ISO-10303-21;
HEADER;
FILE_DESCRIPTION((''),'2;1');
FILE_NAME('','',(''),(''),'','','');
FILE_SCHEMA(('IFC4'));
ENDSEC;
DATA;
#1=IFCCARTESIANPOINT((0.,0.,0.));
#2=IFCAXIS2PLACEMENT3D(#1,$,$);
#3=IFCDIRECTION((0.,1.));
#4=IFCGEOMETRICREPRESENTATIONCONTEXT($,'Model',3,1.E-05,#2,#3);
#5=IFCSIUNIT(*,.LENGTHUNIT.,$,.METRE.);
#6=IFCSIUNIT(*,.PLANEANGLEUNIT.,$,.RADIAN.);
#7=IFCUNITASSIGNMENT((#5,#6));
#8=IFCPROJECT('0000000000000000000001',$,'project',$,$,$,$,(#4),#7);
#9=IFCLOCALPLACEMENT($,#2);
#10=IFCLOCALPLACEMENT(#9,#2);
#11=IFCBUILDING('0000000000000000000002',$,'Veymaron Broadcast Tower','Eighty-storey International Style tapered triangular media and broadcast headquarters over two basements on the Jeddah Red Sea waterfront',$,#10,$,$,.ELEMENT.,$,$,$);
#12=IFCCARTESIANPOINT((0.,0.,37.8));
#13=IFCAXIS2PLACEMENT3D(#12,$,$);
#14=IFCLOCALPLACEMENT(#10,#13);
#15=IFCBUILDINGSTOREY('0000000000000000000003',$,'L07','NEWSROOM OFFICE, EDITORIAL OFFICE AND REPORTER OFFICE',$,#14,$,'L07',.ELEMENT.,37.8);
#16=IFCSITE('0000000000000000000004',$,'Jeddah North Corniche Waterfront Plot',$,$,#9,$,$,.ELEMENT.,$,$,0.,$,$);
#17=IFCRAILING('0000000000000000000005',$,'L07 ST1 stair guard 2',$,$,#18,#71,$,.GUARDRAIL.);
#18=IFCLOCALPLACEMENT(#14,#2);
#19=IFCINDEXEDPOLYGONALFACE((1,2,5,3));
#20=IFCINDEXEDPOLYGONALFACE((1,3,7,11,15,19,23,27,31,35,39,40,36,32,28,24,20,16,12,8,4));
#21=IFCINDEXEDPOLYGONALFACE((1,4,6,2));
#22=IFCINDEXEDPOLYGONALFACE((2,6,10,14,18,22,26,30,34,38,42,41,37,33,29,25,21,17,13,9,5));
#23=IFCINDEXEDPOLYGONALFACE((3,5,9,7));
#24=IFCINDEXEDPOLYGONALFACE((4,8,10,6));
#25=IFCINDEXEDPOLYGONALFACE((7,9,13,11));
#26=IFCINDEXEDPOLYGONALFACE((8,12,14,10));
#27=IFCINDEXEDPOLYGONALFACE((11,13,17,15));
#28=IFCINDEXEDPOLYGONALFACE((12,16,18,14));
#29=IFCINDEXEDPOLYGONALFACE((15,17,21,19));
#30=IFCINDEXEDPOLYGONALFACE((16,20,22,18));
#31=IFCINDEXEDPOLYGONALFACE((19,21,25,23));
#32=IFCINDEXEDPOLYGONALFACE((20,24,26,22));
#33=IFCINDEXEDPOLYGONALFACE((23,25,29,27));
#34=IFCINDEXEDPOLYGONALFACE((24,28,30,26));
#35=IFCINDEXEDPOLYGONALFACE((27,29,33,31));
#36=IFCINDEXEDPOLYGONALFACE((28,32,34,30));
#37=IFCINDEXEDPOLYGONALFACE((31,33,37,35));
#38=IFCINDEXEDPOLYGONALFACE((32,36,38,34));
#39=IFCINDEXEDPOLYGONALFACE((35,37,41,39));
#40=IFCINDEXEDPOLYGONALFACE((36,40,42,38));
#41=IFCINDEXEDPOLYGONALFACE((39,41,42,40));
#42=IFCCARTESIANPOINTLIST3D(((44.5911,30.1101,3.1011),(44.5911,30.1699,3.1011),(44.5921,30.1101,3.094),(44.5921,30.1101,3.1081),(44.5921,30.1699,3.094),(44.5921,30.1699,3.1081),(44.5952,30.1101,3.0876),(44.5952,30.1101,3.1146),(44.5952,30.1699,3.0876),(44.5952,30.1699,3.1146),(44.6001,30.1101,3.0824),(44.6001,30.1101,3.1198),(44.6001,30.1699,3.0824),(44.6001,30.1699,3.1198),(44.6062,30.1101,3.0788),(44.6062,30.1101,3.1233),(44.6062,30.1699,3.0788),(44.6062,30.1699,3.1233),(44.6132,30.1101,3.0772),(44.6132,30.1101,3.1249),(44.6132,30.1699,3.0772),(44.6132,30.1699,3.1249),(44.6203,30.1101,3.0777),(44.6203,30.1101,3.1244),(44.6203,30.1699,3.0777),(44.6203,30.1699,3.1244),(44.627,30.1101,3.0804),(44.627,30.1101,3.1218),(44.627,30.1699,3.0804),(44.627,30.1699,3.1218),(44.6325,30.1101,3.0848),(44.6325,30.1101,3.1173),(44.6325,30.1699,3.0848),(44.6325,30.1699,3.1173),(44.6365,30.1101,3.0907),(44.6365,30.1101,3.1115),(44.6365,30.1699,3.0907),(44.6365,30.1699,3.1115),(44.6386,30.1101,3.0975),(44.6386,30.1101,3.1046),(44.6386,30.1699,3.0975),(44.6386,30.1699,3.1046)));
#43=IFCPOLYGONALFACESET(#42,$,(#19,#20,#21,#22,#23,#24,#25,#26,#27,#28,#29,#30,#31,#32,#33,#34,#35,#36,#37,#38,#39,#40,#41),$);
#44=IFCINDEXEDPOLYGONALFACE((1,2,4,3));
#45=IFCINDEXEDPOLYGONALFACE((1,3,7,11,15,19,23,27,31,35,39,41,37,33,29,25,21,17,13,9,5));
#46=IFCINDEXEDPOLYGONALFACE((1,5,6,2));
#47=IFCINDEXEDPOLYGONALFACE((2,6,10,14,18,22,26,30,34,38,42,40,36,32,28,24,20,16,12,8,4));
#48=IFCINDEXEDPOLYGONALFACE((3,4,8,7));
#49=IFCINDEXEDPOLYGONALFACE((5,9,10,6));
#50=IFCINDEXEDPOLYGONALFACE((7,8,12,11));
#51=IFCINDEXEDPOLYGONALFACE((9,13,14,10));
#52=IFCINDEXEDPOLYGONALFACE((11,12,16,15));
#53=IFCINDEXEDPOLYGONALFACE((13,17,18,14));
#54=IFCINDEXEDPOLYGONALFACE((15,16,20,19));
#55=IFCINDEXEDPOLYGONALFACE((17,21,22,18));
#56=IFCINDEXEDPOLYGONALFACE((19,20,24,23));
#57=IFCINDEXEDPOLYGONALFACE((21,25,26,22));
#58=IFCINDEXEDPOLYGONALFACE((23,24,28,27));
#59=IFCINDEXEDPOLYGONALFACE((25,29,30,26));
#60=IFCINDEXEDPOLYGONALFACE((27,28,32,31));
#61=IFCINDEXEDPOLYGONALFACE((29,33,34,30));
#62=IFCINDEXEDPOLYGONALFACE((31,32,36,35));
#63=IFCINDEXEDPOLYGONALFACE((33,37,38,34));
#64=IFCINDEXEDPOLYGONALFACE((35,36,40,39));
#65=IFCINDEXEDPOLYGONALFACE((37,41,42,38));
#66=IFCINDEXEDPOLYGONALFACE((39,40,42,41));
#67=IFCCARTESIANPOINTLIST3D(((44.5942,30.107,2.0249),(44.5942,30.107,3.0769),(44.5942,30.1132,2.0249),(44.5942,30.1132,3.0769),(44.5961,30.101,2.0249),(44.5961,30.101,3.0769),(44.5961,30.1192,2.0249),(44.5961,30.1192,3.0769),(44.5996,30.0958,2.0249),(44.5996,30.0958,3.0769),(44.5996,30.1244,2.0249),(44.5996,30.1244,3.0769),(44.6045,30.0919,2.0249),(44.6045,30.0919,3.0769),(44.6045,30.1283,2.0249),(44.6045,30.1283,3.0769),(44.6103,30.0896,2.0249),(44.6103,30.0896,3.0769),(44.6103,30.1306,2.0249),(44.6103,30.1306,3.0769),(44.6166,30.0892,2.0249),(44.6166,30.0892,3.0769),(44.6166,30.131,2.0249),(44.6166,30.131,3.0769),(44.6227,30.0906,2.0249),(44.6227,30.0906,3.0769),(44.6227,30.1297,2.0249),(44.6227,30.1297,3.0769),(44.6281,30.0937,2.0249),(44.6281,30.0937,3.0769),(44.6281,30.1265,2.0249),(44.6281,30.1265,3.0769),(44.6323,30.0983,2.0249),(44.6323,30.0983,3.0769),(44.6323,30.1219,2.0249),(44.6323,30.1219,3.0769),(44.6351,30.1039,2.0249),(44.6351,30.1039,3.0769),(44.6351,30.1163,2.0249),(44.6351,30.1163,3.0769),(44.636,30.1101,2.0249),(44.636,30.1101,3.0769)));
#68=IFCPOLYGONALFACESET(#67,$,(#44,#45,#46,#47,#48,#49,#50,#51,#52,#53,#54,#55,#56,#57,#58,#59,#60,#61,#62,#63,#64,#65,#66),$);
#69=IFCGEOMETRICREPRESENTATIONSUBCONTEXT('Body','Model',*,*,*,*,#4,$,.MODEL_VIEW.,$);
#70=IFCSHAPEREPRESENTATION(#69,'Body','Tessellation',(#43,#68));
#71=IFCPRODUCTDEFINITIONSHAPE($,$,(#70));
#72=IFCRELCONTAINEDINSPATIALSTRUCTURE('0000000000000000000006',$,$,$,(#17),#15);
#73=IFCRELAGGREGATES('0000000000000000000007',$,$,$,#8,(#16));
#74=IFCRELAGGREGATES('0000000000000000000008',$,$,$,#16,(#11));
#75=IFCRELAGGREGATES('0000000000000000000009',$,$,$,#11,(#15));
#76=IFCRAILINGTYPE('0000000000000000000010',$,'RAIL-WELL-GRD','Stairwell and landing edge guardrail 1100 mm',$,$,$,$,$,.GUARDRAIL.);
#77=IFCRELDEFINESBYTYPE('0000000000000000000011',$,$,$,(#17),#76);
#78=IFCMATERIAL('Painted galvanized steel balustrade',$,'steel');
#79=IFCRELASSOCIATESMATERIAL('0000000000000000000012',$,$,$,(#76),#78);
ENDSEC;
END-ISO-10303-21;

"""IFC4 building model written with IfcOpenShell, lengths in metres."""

from ifc_helpers import new_model, si_unit, direction, frame, origin, origin_2d, place, context, subcontext, project, spatial, circle, extrude, material, type_object, element, save


model = new_model("IFC4")

# Units and contexts
model_context = context("Model", 3, precision=1e-05, world=origin(), true_north=direction((0.0, 1.0)))
body_context = subcontext(model_context, "Body", "Model", "MODEL_VIEW")
ifc_project = project(units=[si_unit("LENGTHUNIT", "METRE"), si_unit("PLANEANGLEUNIT", "RADIAN")], contexts=[model_context])

# Site, building, storey
site_placement = place(None, origin())
site = spatial("IfcSite", under=ifc_project, at=site_placement, Name="Jeddah North Corniche Waterfront Plot", CompositionType="ELEMENT", RefElevation=0.0)
building_placement = place(site_placement, origin())
building = spatial("IfcBuilding", under=site, at=building_placement, Name="Veymaron Broadcast Tower", Description="Eighty-storey International Style tapered triangular media and broadcast headquarters over two basements on the Jeddah Red Sea waterfront", CompositionType="ELEMENT")
storey_placement = place(building_placement, frame((0.0, 0.0, 37.8)))
storey = spatial("IfcBuildingStorey", under=building, at=storey_placement, Name="L07", Description="NEWSROOM OFFICE, EDITORIAL OFFICE AND REPORTER OFFICE", LongName="L07", CompositionType="ELEMENT", Elevation=37.8)

# Railing
ifc_material_1 = material(Name="Painted galvanized steel balustrade", Category="steel")
railing_type_1 = type_object("IfcRailingType", Name="RAIL-WELL-GRD", Description="Stairwell and landing edge guardrail 1100 mm", PredefinedType="GUARDRAIL", material=ifc_material_1)
railing_1_placement = place(storey_placement, frame((44.615, 30.1101, 2.0249)))
element("IfcRailing", 1, at=railing_1_placement, inside=storey, type_object=railing_type_1, Name="L07 ST1 stair guard 2", PredefinedType="GUARDRAIL", context=body_context, shape_type="SweptSolid", body=[
    extrude(circle(Radius=0.0239, at=origin_2d()), frame((0.0, 0.0, 1.0762), z_axis=(0.0, 1.0, 0.0), x_axis=(-1.0, 0.0, 0.0)), (0.0, 0.0, 1.0), 0.0598),
    extrude(circle(Radius=0.021, at=origin_2d()), origin(), (0.0, 0.0, 1.0), 1.052),
])

save(model, "model.ifc")
